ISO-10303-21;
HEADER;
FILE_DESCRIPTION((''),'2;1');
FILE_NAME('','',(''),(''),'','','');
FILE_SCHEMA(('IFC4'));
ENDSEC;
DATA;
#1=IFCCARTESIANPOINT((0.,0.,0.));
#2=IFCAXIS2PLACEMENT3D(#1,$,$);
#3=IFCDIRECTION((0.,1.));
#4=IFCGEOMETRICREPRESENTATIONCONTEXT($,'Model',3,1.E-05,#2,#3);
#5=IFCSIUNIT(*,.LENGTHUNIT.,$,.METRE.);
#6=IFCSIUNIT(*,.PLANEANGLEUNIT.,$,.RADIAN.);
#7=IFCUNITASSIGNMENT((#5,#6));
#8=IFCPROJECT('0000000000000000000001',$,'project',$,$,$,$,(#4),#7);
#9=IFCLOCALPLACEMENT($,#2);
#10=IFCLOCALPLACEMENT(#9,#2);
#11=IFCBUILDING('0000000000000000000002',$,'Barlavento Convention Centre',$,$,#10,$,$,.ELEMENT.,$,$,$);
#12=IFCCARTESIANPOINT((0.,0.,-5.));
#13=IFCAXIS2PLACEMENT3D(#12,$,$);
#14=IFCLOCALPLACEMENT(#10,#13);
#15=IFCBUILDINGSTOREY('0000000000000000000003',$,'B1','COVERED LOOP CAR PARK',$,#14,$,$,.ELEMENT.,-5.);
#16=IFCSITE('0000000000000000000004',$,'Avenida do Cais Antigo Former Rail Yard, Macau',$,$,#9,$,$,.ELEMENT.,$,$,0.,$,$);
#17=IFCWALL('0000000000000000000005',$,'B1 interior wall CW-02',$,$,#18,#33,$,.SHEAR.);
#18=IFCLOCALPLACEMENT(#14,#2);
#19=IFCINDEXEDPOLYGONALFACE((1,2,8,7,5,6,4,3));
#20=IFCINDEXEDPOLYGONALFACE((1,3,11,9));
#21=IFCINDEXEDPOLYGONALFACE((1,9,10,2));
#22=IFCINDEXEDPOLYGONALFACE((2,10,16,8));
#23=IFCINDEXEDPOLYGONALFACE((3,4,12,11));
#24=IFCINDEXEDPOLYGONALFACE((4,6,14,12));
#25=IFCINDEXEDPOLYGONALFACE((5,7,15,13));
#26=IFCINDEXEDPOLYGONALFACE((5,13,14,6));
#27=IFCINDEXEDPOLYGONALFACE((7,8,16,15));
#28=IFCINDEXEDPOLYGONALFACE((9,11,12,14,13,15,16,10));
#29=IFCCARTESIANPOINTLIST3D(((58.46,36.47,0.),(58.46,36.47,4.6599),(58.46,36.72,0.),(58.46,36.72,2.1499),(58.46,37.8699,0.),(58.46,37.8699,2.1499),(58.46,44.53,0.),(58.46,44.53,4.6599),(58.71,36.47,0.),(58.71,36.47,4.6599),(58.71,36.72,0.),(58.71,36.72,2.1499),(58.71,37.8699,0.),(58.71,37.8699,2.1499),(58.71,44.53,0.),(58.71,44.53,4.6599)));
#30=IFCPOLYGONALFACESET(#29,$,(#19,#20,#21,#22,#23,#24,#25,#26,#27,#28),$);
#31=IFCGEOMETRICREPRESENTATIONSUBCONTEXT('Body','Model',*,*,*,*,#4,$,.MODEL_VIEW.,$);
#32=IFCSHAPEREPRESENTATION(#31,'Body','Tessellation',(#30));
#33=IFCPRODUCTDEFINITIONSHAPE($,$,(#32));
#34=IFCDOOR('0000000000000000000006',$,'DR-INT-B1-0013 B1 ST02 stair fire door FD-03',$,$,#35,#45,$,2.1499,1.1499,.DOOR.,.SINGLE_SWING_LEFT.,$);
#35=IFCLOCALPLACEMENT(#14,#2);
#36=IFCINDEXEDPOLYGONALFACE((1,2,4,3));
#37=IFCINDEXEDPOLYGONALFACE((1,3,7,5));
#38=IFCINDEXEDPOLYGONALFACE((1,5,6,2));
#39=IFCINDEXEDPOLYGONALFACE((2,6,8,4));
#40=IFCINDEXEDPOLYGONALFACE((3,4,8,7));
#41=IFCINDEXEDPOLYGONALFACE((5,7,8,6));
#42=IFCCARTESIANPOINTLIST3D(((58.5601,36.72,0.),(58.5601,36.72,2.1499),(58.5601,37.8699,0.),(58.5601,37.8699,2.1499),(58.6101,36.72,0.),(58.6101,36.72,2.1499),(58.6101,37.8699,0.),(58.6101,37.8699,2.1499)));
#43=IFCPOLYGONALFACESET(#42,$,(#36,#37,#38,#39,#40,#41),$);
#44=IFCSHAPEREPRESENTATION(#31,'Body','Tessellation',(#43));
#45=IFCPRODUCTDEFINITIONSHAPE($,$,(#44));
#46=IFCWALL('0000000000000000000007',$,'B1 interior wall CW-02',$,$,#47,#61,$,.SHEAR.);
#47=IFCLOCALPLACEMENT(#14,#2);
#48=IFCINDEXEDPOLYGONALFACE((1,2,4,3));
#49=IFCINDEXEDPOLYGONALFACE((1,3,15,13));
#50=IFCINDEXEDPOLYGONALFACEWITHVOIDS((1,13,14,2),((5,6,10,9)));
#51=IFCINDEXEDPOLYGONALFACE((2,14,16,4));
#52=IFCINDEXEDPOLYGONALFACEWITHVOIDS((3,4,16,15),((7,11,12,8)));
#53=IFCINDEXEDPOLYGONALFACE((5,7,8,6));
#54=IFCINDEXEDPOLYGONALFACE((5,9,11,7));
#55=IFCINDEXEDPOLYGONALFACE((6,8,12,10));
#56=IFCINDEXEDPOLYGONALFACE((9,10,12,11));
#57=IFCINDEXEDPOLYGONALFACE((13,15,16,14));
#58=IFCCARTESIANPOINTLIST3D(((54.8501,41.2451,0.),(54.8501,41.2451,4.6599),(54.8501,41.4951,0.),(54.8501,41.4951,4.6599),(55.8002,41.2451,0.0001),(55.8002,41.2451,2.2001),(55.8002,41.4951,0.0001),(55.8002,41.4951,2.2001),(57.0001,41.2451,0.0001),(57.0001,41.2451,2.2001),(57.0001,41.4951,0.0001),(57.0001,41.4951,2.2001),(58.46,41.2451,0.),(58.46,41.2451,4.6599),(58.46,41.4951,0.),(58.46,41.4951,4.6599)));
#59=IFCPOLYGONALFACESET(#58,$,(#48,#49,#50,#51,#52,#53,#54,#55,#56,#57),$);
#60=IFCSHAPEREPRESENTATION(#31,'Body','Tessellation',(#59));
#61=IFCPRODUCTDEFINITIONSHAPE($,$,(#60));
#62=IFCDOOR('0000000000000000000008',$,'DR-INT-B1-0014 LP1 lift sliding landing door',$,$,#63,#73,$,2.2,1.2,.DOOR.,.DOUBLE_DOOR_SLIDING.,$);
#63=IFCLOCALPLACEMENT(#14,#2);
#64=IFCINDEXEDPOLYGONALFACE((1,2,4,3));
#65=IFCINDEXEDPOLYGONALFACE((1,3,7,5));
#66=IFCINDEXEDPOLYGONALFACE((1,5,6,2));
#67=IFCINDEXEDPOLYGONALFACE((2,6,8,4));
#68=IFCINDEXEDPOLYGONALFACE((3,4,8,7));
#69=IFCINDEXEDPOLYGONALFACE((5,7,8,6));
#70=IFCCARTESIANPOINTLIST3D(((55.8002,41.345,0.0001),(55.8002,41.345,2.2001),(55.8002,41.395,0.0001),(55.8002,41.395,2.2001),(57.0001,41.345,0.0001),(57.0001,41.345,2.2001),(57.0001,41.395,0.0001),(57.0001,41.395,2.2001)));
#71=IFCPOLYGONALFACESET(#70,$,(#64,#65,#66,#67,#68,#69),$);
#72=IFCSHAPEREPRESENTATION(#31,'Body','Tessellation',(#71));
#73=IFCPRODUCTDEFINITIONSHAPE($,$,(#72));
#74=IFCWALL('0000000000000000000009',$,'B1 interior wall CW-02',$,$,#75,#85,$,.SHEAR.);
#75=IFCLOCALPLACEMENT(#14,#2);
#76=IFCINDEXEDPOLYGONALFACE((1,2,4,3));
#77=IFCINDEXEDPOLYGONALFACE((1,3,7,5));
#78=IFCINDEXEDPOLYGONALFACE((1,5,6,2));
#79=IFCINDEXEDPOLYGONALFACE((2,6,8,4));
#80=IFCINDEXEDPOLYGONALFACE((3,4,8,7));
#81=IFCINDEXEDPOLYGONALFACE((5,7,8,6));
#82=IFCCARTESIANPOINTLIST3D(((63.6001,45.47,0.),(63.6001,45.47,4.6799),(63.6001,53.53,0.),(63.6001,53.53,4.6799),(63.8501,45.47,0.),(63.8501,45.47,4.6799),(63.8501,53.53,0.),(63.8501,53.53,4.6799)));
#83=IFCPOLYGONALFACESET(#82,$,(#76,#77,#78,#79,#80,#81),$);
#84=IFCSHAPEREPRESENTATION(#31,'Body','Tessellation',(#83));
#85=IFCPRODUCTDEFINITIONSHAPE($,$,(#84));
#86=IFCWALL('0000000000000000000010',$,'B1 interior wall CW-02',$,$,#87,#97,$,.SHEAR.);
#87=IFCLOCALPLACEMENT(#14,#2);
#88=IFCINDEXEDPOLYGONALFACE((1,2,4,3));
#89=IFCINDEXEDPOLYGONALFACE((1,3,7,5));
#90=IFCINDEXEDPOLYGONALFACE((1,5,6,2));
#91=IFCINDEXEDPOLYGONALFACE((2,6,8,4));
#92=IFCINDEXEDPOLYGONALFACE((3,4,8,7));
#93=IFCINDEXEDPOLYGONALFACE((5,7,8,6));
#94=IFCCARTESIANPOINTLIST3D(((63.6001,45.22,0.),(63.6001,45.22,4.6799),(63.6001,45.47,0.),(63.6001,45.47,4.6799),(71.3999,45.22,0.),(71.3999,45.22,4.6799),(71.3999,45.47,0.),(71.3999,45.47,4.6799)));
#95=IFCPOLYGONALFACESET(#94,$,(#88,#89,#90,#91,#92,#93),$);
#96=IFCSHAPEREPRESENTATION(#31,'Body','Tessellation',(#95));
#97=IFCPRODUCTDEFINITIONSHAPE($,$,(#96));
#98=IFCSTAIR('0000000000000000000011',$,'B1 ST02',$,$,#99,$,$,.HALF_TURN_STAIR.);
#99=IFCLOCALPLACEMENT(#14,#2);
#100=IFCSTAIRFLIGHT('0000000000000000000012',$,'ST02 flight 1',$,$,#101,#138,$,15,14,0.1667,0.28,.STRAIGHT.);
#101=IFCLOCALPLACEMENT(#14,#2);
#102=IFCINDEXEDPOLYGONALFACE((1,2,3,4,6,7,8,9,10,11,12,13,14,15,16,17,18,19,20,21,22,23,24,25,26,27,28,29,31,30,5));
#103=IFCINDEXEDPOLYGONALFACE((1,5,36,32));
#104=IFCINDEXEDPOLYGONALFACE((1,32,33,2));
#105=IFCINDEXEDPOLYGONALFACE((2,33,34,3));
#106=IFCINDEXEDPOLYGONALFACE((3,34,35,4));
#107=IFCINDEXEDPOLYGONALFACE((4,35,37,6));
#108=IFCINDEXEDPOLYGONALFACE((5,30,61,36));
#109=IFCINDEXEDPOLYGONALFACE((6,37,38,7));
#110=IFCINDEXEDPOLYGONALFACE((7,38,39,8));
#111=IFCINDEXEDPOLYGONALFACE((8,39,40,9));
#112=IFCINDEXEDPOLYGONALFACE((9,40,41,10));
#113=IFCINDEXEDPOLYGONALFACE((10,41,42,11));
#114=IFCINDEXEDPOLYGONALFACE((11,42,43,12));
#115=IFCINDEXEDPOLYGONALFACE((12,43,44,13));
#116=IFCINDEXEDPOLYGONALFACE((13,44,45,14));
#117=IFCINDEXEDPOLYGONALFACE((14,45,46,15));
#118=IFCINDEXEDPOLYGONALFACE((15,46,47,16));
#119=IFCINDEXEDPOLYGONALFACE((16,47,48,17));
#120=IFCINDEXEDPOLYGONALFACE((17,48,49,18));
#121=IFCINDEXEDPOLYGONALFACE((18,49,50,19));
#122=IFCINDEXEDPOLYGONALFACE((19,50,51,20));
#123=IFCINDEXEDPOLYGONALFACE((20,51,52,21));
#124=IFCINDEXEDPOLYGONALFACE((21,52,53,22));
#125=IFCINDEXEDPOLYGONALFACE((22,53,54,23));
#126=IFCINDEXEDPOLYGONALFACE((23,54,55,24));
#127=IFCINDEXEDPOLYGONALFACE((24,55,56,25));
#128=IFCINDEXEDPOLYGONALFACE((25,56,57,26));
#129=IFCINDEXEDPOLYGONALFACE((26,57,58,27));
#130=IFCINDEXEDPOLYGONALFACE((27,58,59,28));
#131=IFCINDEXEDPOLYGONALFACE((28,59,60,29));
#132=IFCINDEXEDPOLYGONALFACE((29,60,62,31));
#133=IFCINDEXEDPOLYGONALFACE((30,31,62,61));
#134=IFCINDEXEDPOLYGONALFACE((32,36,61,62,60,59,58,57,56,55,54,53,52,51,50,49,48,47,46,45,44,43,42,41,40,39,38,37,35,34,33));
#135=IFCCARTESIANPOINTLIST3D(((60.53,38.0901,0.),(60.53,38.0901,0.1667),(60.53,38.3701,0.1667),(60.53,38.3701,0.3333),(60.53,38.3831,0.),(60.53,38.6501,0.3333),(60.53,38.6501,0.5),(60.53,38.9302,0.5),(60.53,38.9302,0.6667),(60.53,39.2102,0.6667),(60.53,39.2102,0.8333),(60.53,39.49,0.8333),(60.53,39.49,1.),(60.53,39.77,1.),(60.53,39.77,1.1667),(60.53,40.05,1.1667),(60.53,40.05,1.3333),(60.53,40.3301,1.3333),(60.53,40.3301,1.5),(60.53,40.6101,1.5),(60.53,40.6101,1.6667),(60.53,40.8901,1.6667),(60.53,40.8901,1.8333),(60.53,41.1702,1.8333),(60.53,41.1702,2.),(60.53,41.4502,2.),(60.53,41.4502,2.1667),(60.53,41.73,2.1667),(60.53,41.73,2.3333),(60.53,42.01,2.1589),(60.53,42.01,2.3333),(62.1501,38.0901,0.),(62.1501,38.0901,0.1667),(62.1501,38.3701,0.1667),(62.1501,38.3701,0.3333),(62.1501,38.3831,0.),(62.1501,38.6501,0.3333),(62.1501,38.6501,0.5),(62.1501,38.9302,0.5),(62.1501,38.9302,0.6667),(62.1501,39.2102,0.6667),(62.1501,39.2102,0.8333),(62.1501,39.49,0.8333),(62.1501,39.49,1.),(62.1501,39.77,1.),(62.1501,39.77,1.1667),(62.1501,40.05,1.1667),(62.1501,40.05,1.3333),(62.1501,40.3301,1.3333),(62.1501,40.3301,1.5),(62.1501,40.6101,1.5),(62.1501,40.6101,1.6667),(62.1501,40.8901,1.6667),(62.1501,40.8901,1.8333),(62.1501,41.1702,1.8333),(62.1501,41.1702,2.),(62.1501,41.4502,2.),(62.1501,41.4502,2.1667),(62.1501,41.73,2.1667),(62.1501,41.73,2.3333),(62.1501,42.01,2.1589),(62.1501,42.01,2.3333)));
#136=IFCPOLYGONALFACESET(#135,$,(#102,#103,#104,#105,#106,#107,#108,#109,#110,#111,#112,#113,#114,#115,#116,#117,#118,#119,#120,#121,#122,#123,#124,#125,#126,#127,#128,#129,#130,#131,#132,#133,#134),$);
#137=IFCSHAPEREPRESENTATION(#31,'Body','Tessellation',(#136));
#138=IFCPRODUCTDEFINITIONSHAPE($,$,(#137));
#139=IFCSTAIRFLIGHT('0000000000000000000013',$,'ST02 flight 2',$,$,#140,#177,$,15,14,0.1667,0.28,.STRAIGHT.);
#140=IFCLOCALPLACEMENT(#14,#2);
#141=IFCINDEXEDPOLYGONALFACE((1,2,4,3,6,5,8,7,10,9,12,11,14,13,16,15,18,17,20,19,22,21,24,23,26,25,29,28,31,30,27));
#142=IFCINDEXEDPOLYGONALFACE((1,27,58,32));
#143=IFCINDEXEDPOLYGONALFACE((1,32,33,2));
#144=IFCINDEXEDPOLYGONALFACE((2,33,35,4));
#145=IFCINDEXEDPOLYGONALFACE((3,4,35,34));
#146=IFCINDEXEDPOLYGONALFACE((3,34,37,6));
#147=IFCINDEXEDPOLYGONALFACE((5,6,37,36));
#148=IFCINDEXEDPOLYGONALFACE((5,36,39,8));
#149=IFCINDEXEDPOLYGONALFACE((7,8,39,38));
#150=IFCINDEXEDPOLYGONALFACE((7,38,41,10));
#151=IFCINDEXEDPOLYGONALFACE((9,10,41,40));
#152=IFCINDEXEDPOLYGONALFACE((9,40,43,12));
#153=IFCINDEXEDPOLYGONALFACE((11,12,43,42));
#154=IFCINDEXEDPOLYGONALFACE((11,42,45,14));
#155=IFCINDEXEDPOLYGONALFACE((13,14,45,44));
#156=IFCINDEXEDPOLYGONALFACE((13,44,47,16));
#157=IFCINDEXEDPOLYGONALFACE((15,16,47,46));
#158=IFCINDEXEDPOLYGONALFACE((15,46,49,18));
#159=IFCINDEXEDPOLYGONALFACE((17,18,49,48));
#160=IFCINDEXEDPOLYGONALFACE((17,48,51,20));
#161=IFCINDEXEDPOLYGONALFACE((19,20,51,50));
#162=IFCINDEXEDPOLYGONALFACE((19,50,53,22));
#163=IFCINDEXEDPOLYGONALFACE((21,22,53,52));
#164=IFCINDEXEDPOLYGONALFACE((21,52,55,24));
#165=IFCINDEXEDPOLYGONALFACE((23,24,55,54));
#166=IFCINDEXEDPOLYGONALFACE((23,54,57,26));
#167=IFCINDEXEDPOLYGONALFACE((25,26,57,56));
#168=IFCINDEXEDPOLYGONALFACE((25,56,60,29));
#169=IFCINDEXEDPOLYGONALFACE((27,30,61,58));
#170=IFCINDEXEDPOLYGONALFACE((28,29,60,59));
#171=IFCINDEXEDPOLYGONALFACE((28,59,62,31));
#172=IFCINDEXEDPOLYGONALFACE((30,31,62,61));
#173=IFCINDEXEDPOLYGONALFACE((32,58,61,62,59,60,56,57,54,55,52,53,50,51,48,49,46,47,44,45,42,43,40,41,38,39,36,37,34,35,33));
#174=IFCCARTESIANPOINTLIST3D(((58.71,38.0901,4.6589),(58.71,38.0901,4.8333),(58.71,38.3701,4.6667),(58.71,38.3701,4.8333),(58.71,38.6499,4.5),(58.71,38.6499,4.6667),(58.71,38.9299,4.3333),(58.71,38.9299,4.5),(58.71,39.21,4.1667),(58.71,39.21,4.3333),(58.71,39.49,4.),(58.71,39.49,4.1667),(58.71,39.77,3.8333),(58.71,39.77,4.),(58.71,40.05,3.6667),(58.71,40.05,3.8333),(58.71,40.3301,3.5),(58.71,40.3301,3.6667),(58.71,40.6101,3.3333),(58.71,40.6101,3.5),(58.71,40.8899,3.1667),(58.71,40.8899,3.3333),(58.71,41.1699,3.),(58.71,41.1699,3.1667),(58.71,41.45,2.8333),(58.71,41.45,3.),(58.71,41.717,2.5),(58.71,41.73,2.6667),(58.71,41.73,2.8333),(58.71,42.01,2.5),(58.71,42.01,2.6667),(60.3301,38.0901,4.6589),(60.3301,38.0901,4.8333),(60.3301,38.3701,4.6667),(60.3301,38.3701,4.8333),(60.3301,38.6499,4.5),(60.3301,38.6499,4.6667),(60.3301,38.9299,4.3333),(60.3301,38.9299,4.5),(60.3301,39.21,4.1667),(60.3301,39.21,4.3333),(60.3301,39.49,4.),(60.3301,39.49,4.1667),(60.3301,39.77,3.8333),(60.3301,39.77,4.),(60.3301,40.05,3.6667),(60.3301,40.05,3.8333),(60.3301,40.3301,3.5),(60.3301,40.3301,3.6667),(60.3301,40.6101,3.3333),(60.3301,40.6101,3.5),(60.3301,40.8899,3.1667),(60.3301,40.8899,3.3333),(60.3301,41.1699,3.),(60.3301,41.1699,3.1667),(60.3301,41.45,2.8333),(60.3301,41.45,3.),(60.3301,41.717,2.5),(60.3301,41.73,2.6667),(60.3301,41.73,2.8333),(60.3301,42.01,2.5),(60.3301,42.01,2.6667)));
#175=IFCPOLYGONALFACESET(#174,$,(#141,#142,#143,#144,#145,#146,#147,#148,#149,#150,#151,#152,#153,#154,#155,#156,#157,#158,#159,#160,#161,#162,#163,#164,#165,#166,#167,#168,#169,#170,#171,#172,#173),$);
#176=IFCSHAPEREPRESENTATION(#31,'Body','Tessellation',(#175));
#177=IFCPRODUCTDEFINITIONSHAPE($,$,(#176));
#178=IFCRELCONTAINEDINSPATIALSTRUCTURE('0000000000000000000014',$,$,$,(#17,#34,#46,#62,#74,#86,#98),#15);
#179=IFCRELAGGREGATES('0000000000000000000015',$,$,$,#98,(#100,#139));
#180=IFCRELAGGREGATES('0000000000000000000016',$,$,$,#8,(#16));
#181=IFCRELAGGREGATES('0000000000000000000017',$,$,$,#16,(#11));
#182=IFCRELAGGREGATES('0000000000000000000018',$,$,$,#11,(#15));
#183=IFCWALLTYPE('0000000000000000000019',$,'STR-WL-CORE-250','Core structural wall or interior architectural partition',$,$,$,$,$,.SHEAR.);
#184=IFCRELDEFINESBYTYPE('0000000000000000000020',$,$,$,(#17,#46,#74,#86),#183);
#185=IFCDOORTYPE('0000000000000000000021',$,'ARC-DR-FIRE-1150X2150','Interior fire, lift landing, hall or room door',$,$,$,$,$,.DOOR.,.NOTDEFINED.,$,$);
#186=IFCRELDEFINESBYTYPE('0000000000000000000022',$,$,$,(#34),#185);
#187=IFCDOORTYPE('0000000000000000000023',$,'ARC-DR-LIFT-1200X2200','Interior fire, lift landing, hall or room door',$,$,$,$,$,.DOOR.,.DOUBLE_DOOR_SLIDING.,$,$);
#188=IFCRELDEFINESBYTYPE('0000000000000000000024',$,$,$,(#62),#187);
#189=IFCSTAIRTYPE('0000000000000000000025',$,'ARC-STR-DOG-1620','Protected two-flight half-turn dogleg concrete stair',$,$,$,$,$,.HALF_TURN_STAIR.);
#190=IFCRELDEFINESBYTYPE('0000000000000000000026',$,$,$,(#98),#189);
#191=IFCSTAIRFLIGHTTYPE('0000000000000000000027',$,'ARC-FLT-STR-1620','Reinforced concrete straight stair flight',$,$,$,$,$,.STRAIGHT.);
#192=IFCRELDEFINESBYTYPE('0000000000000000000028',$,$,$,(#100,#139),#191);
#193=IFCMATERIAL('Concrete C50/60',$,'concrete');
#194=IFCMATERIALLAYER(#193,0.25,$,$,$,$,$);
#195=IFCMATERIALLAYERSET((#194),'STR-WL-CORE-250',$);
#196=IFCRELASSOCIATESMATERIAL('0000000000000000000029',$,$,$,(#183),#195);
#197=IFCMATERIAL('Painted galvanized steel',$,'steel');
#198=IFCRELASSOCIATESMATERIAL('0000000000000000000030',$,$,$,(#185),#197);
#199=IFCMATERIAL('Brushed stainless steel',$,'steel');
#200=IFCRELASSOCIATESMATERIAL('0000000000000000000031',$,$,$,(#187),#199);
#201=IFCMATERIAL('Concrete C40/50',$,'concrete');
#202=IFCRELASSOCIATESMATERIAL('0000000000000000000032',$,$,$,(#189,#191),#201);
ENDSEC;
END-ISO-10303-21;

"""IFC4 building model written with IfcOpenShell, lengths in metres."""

from ifc_helpers import new_model, si_unit, direction, frame, frame_2d, origin, place, context, subcontext, project, spatial, polyline, rectangle, outline, extrude, material, layer, layer_set, type_object, element, fill, aggregate, save


model = new_model("IFC4")

# Units and contexts
model_context = context("Model", 3, precision=1e-05, world=origin(), true_north=direction((0.0, 1.0)))
body_context = subcontext(model_context, "Body", "Model", "MODEL_VIEW")
ifc_project = project(units=[si_unit("LENGTHUNIT", "METRE"), si_unit("PLANEANGLEUNIT", "RADIAN")], contexts=[model_context])

# Site, building, storey
site_placement = place(None, origin())
site = spatial("IfcSite", under=ifc_project, at=site_placement, Name="Avenida do Cais Antigo Former Rail Yard, Macau", CompositionType="ELEMENT", RefElevation=0.0)
building_placement = place(site_placement, origin())
building = spatial("IfcBuilding", under=site, at=building_placement, Name="Barlavento Convention Centre", CompositionType="ELEMENT")
storey_placement = place(building_placement, frame((0.0, 0.0, -5.0)))
storey = spatial("IfcBuildingStorey", under=building, at=storey_placement, Name="B1", Description="COVERED LOOP CAR PARK", CompositionType="ELEMENT", Elevation=-5.0)

# Shared definitions
ifc_material_1 = material(Name="Concrete C40/50", Category="concrete")

# Shared definitions
ifc_material_2 = material(Name="Concrete C50/60", Category="concrete")

# Shared definitions
ifc_layer_1 = layer(ifc_material_2, 0.25)
ifc_layer_set_1 = layer_set([ifc_layer_1], Name="STR-WL-CORE-250")
wall_type_1 = type_object("IfcWallType", Name="STR-WL-CORE-250", Description="Core structural wall or interior architectural partition", PredefinedType="SHEAR", material=ifc_layer_set_1)

# Walls, openings, doors
wall_1_placement = place(storey_placement, frame((58.585, 36.47, 0.0), z_axis=(0.0, 0.0, 1.0), x_axis=(0.0, 1.0, 0.0)))
wall_1 = element("IfcWall", 1, at=wall_1_placement, inside=storey, type_object=wall_type_1, Name="B1 interior wall CW-02", PredefinedType="SHEAR", context=body_context, shape_type="SweptSolid", body=[
    extrude(rectangle(XDim=8.0601, YDim=0.25, at=frame_2d((4.03, 0.0))), origin(), (0.0, 0.0, 1.0), 4.6599),
])
opening_1_placement = place(wall_1_placement, frame((0.25, 0.0, 0.0)))
opening_1 = element("IfcOpeningElement", 2, at=opening_1_placement, cuts=wall_1, PredefinedType="OPENING", context=body_context, shape_type="SweptSolid", body=[
    extrude(rectangle(XDim=1.1499, YDim=2.1499, at=frame_2d((0.575, 1.075))), frame((0.0, 0.135, 0.0), z_axis=(0.0, -1.0, 0.0), x_axis=(1.0, 0.0, 0.0)), (0.0, 0.0, 1.0), 0.27),
])
ifc_material_3 = material(Name="Painted galvanized steel", Category="steel")
door_type_1 = type_object("IfcDoorType", Name="ARC-DR-FIRE-1150X2150", Description="Interior fire, lift landing, hall or room door", OperationType="NOTDEFINED", PredefinedType="DOOR", material=ifc_material_3)
door_1_placement = place(opening_1_placement, origin())
door_1 = element("IfcDoor", 3, at=door_1_placement, inside=storey, type_object=door_type_1, Name="DR-INT-B1-0013 B1 ST02 stair fire door FD-03", OperationType="SINGLE_SWING_LEFT", OverallHeight=2.1499, OverallWidth=1.1499, PredefinedType="DOOR", context=body_context, shape_type="SweptSolid", body=[
    extrude(rectangle(XDim=1.1499, YDim=2.1499, at=frame_2d((0.575, 1.075))), frame((0.0, 0.0249, 0.0), z_axis=(0.0, -1.0, 0.0), x_axis=(1.0, 0.0, 0.0)), (0.0, 0.0, 1.0), 0.05),
])
fill(opening_1, door_1)
wall_2_placement = place(storey_placement, frame((54.8501, 41.3701, 0.0), z_axis=(0.0, 0.0, 1.0), x_axis=(1.0, 0.0, 0.0)))
wall_2 = element("IfcWall", 4, at=wall_2_placement, inside=storey, type_object=wall_type_1, Name="B1 interior wall CW-02", PredefinedType="SHEAR", context=body_context, shape_type="SweptSolid", body=[
    extrude(rectangle(XDim=3.6099, YDim=0.25, at=frame_2d((1.8049, 0.0))), origin(), (0.0, 0.0, 1.0), 4.6599),
])
opening_2_placement = place(wall_2_placement, frame((0.95, 0.0, 0.0)))
opening_2 = element("IfcOpeningElement", 5, at=opening_2_placement, cuts=wall_2, PredefinedType="OPENING", context=body_context, shape_type="SweptSolid", body=[
    extrude(rectangle(XDim=1.2, YDim=2.2, at=frame_2d((0.6001, 1.1001))), frame((0.0, 0.135, 0.0), z_axis=(0.0, -1.0, 0.0), x_axis=(1.0, 0.0, 0.0)), (0.0, 0.0, 1.0), 0.27),
])
ifc_material_4 = material(Name="Brushed stainless steel", Category="steel")
door_type_2 = type_object("IfcDoorType", Name="ARC-DR-LIFT-1200X2200", Description="Interior fire, lift landing, hall or room door", OperationType="DOUBLE_DOOR_SLIDING", PredefinedType="DOOR", material=ifc_material_4)
door_2_placement = place(opening_2_placement, origin())
door_2 = element("IfcDoor", 6, at=door_2_placement, inside=storey, type_object=door_type_2, Name="DR-INT-B1-0014 LP1 lift sliding landing door", OperationType="DOUBLE_DOOR_SLIDING", OverallHeight=2.2, OverallWidth=1.2, PredefinedType="DOOR", context=body_context, shape_type="SweptSolid", body=[
    extrude(rectangle(XDim=1.2, YDim=2.2, at=frame_2d((0.6001, 1.1001))), frame((0.0, 0.0249, 0.0), z_axis=(0.0, -1.0, 0.0), x_axis=(1.0, 0.0, 0.0)), (0.0, 0.0, 1.0), 0.05),
])
fill(opening_2, door_2)

# Walls
wall_3_placement = place(storey_placement, frame((63.7251, 45.47, 0.0), z_axis=(0.0, 0.0, 1.0), x_axis=(0.0, 1.0, 0.0)))
element("IfcWall", 7, at=wall_3_placement, inside=storey, type_object=wall_type_1, Name="B1 interior wall CW-02", PredefinedType="SHEAR", context=body_context, shape_type="SweptSolid", body=[
    extrude(rectangle(XDim=8.0601, YDim=0.25, at=frame_2d((4.03, 0.0))), origin(), (0.0, 0.0, 1.0), 4.6799),
])
wall_4_placement = place(storey_placement, frame((63.6001, 45.345, 0.0), z_axis=(0.0, 0.0, 1.0), x_axis=(1.0, 0.0, 0.0)))
element("IfcWall", 8, at=wall_4_placement, inside=storey, type_object=wall_type_1, Name="B1 interior wall CW-02", PredefinedType="SHEAR", context=body_context, shape_type="SweptSolid", body=[
    extrude(rectangle(XDim=7.7998, YDim=0.25, at=frame_2d((3.8999, 0.0))), origin(), (0.0, 0.0, 1.0), 4.6799),
])

# Stair, stair flights
stair_type = type_object("IfcStairType", Name="ARC-STR-DOG-1620", Description="Protected two-flight half-turn dogleg concrete stair", PredefinedType="HALF_TURN_STAIR", material=ifc_material_1)
stair_placement = place(storey_placement, origin())
stair = element("IfcStair", 9, at=stair_placement, inside=storey, type_object=stair_type, Name="B1 ST02", PredefinedType="HALF_TURN_STAIR")
stair_flight_type = type_object("IfcStairFlightType", Name="ARC-FLT-STR-1620", Description="Reinforced concrete straight stair flight", PredefinedType="STRAIGHT", material=ifc_material_1)
stair_flight_1_placement = place(storey_placement, frame((61.3401, 38.0901, 0.0), z_axis=(0.0, 0.0, 1.0), x_axis=(0.0, 1.0, 0.0)))
stair_flight_1 = element("IfcStairFlight", 10, at=stair_flight_1_placement, type_object=stair_flight_type, Name="ST02 flight 1", NumberOfRisers=15, NumberOfTreads=14, PredefinedType="STRAIGHT", RiserHeight=0.1667, TreadLength=0.28, context=body_context, shape_type="SweptSolid", body=[
    extrude(outline(polyline([(0.0, 0.0), (0.0, 0.1667), (0.28, 0.1667), (0.28, 0.3333), (0.5601, 0.3333), (0.5601, 0.5), (0.8401, 0.5), (0.8401, 0.6667), (1.1201, 0.6667), (1.1201, 0.8333), (1.3999, 0.8333), (1.3999, 1.0), (1.6799, 1.0), (1.6799, 1.1667), (1.96, 1.1667), (1.96, 1.3333), (2.24, 1.3333), (2.24, 1.5), (2.52, 1.5), (2.52, 1.6667), (2.8, 1.6667), (2.8, 1.8333), (3.0801, 1.8333), (3.0801, 2.0), (3.3601, 2.0), (3.3601, 2.1667), (3.6399, 2.1667), (3.6399, 2.3333), (3.9199, 2.3333), (3.9199, 2.5), (3.9199, 2.1589), (0.293, 0.0), (0.0, 0.0)])), frame((0.0, 0.8101, 0.0), z_axis=(0.0, -1.0, 0.0), x_axis=(1.0, 0.0, 0.0)), (0.0, 0.0, 1.0), 1.6201),
])
stair_flight_2_placement = place(storey_placement, frame((59.52, 42.01, 2.5), z_axis=(0.0, 0.0, 1.0), x_axis=(0.0, -1.0, 0.0)))
stair_flight_2 = element("IfcStairFlight", 11, at=stair_flight_2_placement, type_object=stair_flight_type, Name="ST02 flight 2", NumberOfRisers=15, NumberOfTreads=14, PredefinedType="STRAIGHT", RiserHeight=0.1667, TreadLength=0.28, context=body_context, shape_type="SweptSolid", body=[
    extrude(outline(polyline([(0.0, 0.0), (0.0, 0.1667), (0.28, 0.1667), (0.28, 0.3333), (0.5601, 0.3333), (0.5601, 0.5), (0.8401, 0.5), (0.8401, 0.6667), (1.1201, 0.6667), (1.1201, 0.8333), (1.3999, 0.8333), (1.3999, 1.0), (1.6799, 1.0), (1.6799, 1.1667), (1.96, 1.1667), (1.96, 1.3333), (2.24, 1.3333), (2.24, 1.5), (2.52, 1.5), (2.52, 1.6667), (2.8, 1.6667), (2.8, 1.8333), (3.0801, 1.8333), (3.0801, 2.0), (3.3601, 2.0), (3.3601, 2.1667), (3.6399, 2.1667), (3.6399, 2.3333), (3.9199, 2.3333), (3.9199, 2.5), (3.9199, 2.1589), (0.293, 0.0), (0.0, 0.0)])), frame((0.0, 0.8101, 0.0), z_axis=(0.0, -1.0, 0.0), x_axis=(1.0, 0.0, 0.0)), (0.0, 0.0, 1.0), 1.6201),
])
aggregate(stair, [stair_flight_1, stair_flight_2])

save(model, "model.ifc")
